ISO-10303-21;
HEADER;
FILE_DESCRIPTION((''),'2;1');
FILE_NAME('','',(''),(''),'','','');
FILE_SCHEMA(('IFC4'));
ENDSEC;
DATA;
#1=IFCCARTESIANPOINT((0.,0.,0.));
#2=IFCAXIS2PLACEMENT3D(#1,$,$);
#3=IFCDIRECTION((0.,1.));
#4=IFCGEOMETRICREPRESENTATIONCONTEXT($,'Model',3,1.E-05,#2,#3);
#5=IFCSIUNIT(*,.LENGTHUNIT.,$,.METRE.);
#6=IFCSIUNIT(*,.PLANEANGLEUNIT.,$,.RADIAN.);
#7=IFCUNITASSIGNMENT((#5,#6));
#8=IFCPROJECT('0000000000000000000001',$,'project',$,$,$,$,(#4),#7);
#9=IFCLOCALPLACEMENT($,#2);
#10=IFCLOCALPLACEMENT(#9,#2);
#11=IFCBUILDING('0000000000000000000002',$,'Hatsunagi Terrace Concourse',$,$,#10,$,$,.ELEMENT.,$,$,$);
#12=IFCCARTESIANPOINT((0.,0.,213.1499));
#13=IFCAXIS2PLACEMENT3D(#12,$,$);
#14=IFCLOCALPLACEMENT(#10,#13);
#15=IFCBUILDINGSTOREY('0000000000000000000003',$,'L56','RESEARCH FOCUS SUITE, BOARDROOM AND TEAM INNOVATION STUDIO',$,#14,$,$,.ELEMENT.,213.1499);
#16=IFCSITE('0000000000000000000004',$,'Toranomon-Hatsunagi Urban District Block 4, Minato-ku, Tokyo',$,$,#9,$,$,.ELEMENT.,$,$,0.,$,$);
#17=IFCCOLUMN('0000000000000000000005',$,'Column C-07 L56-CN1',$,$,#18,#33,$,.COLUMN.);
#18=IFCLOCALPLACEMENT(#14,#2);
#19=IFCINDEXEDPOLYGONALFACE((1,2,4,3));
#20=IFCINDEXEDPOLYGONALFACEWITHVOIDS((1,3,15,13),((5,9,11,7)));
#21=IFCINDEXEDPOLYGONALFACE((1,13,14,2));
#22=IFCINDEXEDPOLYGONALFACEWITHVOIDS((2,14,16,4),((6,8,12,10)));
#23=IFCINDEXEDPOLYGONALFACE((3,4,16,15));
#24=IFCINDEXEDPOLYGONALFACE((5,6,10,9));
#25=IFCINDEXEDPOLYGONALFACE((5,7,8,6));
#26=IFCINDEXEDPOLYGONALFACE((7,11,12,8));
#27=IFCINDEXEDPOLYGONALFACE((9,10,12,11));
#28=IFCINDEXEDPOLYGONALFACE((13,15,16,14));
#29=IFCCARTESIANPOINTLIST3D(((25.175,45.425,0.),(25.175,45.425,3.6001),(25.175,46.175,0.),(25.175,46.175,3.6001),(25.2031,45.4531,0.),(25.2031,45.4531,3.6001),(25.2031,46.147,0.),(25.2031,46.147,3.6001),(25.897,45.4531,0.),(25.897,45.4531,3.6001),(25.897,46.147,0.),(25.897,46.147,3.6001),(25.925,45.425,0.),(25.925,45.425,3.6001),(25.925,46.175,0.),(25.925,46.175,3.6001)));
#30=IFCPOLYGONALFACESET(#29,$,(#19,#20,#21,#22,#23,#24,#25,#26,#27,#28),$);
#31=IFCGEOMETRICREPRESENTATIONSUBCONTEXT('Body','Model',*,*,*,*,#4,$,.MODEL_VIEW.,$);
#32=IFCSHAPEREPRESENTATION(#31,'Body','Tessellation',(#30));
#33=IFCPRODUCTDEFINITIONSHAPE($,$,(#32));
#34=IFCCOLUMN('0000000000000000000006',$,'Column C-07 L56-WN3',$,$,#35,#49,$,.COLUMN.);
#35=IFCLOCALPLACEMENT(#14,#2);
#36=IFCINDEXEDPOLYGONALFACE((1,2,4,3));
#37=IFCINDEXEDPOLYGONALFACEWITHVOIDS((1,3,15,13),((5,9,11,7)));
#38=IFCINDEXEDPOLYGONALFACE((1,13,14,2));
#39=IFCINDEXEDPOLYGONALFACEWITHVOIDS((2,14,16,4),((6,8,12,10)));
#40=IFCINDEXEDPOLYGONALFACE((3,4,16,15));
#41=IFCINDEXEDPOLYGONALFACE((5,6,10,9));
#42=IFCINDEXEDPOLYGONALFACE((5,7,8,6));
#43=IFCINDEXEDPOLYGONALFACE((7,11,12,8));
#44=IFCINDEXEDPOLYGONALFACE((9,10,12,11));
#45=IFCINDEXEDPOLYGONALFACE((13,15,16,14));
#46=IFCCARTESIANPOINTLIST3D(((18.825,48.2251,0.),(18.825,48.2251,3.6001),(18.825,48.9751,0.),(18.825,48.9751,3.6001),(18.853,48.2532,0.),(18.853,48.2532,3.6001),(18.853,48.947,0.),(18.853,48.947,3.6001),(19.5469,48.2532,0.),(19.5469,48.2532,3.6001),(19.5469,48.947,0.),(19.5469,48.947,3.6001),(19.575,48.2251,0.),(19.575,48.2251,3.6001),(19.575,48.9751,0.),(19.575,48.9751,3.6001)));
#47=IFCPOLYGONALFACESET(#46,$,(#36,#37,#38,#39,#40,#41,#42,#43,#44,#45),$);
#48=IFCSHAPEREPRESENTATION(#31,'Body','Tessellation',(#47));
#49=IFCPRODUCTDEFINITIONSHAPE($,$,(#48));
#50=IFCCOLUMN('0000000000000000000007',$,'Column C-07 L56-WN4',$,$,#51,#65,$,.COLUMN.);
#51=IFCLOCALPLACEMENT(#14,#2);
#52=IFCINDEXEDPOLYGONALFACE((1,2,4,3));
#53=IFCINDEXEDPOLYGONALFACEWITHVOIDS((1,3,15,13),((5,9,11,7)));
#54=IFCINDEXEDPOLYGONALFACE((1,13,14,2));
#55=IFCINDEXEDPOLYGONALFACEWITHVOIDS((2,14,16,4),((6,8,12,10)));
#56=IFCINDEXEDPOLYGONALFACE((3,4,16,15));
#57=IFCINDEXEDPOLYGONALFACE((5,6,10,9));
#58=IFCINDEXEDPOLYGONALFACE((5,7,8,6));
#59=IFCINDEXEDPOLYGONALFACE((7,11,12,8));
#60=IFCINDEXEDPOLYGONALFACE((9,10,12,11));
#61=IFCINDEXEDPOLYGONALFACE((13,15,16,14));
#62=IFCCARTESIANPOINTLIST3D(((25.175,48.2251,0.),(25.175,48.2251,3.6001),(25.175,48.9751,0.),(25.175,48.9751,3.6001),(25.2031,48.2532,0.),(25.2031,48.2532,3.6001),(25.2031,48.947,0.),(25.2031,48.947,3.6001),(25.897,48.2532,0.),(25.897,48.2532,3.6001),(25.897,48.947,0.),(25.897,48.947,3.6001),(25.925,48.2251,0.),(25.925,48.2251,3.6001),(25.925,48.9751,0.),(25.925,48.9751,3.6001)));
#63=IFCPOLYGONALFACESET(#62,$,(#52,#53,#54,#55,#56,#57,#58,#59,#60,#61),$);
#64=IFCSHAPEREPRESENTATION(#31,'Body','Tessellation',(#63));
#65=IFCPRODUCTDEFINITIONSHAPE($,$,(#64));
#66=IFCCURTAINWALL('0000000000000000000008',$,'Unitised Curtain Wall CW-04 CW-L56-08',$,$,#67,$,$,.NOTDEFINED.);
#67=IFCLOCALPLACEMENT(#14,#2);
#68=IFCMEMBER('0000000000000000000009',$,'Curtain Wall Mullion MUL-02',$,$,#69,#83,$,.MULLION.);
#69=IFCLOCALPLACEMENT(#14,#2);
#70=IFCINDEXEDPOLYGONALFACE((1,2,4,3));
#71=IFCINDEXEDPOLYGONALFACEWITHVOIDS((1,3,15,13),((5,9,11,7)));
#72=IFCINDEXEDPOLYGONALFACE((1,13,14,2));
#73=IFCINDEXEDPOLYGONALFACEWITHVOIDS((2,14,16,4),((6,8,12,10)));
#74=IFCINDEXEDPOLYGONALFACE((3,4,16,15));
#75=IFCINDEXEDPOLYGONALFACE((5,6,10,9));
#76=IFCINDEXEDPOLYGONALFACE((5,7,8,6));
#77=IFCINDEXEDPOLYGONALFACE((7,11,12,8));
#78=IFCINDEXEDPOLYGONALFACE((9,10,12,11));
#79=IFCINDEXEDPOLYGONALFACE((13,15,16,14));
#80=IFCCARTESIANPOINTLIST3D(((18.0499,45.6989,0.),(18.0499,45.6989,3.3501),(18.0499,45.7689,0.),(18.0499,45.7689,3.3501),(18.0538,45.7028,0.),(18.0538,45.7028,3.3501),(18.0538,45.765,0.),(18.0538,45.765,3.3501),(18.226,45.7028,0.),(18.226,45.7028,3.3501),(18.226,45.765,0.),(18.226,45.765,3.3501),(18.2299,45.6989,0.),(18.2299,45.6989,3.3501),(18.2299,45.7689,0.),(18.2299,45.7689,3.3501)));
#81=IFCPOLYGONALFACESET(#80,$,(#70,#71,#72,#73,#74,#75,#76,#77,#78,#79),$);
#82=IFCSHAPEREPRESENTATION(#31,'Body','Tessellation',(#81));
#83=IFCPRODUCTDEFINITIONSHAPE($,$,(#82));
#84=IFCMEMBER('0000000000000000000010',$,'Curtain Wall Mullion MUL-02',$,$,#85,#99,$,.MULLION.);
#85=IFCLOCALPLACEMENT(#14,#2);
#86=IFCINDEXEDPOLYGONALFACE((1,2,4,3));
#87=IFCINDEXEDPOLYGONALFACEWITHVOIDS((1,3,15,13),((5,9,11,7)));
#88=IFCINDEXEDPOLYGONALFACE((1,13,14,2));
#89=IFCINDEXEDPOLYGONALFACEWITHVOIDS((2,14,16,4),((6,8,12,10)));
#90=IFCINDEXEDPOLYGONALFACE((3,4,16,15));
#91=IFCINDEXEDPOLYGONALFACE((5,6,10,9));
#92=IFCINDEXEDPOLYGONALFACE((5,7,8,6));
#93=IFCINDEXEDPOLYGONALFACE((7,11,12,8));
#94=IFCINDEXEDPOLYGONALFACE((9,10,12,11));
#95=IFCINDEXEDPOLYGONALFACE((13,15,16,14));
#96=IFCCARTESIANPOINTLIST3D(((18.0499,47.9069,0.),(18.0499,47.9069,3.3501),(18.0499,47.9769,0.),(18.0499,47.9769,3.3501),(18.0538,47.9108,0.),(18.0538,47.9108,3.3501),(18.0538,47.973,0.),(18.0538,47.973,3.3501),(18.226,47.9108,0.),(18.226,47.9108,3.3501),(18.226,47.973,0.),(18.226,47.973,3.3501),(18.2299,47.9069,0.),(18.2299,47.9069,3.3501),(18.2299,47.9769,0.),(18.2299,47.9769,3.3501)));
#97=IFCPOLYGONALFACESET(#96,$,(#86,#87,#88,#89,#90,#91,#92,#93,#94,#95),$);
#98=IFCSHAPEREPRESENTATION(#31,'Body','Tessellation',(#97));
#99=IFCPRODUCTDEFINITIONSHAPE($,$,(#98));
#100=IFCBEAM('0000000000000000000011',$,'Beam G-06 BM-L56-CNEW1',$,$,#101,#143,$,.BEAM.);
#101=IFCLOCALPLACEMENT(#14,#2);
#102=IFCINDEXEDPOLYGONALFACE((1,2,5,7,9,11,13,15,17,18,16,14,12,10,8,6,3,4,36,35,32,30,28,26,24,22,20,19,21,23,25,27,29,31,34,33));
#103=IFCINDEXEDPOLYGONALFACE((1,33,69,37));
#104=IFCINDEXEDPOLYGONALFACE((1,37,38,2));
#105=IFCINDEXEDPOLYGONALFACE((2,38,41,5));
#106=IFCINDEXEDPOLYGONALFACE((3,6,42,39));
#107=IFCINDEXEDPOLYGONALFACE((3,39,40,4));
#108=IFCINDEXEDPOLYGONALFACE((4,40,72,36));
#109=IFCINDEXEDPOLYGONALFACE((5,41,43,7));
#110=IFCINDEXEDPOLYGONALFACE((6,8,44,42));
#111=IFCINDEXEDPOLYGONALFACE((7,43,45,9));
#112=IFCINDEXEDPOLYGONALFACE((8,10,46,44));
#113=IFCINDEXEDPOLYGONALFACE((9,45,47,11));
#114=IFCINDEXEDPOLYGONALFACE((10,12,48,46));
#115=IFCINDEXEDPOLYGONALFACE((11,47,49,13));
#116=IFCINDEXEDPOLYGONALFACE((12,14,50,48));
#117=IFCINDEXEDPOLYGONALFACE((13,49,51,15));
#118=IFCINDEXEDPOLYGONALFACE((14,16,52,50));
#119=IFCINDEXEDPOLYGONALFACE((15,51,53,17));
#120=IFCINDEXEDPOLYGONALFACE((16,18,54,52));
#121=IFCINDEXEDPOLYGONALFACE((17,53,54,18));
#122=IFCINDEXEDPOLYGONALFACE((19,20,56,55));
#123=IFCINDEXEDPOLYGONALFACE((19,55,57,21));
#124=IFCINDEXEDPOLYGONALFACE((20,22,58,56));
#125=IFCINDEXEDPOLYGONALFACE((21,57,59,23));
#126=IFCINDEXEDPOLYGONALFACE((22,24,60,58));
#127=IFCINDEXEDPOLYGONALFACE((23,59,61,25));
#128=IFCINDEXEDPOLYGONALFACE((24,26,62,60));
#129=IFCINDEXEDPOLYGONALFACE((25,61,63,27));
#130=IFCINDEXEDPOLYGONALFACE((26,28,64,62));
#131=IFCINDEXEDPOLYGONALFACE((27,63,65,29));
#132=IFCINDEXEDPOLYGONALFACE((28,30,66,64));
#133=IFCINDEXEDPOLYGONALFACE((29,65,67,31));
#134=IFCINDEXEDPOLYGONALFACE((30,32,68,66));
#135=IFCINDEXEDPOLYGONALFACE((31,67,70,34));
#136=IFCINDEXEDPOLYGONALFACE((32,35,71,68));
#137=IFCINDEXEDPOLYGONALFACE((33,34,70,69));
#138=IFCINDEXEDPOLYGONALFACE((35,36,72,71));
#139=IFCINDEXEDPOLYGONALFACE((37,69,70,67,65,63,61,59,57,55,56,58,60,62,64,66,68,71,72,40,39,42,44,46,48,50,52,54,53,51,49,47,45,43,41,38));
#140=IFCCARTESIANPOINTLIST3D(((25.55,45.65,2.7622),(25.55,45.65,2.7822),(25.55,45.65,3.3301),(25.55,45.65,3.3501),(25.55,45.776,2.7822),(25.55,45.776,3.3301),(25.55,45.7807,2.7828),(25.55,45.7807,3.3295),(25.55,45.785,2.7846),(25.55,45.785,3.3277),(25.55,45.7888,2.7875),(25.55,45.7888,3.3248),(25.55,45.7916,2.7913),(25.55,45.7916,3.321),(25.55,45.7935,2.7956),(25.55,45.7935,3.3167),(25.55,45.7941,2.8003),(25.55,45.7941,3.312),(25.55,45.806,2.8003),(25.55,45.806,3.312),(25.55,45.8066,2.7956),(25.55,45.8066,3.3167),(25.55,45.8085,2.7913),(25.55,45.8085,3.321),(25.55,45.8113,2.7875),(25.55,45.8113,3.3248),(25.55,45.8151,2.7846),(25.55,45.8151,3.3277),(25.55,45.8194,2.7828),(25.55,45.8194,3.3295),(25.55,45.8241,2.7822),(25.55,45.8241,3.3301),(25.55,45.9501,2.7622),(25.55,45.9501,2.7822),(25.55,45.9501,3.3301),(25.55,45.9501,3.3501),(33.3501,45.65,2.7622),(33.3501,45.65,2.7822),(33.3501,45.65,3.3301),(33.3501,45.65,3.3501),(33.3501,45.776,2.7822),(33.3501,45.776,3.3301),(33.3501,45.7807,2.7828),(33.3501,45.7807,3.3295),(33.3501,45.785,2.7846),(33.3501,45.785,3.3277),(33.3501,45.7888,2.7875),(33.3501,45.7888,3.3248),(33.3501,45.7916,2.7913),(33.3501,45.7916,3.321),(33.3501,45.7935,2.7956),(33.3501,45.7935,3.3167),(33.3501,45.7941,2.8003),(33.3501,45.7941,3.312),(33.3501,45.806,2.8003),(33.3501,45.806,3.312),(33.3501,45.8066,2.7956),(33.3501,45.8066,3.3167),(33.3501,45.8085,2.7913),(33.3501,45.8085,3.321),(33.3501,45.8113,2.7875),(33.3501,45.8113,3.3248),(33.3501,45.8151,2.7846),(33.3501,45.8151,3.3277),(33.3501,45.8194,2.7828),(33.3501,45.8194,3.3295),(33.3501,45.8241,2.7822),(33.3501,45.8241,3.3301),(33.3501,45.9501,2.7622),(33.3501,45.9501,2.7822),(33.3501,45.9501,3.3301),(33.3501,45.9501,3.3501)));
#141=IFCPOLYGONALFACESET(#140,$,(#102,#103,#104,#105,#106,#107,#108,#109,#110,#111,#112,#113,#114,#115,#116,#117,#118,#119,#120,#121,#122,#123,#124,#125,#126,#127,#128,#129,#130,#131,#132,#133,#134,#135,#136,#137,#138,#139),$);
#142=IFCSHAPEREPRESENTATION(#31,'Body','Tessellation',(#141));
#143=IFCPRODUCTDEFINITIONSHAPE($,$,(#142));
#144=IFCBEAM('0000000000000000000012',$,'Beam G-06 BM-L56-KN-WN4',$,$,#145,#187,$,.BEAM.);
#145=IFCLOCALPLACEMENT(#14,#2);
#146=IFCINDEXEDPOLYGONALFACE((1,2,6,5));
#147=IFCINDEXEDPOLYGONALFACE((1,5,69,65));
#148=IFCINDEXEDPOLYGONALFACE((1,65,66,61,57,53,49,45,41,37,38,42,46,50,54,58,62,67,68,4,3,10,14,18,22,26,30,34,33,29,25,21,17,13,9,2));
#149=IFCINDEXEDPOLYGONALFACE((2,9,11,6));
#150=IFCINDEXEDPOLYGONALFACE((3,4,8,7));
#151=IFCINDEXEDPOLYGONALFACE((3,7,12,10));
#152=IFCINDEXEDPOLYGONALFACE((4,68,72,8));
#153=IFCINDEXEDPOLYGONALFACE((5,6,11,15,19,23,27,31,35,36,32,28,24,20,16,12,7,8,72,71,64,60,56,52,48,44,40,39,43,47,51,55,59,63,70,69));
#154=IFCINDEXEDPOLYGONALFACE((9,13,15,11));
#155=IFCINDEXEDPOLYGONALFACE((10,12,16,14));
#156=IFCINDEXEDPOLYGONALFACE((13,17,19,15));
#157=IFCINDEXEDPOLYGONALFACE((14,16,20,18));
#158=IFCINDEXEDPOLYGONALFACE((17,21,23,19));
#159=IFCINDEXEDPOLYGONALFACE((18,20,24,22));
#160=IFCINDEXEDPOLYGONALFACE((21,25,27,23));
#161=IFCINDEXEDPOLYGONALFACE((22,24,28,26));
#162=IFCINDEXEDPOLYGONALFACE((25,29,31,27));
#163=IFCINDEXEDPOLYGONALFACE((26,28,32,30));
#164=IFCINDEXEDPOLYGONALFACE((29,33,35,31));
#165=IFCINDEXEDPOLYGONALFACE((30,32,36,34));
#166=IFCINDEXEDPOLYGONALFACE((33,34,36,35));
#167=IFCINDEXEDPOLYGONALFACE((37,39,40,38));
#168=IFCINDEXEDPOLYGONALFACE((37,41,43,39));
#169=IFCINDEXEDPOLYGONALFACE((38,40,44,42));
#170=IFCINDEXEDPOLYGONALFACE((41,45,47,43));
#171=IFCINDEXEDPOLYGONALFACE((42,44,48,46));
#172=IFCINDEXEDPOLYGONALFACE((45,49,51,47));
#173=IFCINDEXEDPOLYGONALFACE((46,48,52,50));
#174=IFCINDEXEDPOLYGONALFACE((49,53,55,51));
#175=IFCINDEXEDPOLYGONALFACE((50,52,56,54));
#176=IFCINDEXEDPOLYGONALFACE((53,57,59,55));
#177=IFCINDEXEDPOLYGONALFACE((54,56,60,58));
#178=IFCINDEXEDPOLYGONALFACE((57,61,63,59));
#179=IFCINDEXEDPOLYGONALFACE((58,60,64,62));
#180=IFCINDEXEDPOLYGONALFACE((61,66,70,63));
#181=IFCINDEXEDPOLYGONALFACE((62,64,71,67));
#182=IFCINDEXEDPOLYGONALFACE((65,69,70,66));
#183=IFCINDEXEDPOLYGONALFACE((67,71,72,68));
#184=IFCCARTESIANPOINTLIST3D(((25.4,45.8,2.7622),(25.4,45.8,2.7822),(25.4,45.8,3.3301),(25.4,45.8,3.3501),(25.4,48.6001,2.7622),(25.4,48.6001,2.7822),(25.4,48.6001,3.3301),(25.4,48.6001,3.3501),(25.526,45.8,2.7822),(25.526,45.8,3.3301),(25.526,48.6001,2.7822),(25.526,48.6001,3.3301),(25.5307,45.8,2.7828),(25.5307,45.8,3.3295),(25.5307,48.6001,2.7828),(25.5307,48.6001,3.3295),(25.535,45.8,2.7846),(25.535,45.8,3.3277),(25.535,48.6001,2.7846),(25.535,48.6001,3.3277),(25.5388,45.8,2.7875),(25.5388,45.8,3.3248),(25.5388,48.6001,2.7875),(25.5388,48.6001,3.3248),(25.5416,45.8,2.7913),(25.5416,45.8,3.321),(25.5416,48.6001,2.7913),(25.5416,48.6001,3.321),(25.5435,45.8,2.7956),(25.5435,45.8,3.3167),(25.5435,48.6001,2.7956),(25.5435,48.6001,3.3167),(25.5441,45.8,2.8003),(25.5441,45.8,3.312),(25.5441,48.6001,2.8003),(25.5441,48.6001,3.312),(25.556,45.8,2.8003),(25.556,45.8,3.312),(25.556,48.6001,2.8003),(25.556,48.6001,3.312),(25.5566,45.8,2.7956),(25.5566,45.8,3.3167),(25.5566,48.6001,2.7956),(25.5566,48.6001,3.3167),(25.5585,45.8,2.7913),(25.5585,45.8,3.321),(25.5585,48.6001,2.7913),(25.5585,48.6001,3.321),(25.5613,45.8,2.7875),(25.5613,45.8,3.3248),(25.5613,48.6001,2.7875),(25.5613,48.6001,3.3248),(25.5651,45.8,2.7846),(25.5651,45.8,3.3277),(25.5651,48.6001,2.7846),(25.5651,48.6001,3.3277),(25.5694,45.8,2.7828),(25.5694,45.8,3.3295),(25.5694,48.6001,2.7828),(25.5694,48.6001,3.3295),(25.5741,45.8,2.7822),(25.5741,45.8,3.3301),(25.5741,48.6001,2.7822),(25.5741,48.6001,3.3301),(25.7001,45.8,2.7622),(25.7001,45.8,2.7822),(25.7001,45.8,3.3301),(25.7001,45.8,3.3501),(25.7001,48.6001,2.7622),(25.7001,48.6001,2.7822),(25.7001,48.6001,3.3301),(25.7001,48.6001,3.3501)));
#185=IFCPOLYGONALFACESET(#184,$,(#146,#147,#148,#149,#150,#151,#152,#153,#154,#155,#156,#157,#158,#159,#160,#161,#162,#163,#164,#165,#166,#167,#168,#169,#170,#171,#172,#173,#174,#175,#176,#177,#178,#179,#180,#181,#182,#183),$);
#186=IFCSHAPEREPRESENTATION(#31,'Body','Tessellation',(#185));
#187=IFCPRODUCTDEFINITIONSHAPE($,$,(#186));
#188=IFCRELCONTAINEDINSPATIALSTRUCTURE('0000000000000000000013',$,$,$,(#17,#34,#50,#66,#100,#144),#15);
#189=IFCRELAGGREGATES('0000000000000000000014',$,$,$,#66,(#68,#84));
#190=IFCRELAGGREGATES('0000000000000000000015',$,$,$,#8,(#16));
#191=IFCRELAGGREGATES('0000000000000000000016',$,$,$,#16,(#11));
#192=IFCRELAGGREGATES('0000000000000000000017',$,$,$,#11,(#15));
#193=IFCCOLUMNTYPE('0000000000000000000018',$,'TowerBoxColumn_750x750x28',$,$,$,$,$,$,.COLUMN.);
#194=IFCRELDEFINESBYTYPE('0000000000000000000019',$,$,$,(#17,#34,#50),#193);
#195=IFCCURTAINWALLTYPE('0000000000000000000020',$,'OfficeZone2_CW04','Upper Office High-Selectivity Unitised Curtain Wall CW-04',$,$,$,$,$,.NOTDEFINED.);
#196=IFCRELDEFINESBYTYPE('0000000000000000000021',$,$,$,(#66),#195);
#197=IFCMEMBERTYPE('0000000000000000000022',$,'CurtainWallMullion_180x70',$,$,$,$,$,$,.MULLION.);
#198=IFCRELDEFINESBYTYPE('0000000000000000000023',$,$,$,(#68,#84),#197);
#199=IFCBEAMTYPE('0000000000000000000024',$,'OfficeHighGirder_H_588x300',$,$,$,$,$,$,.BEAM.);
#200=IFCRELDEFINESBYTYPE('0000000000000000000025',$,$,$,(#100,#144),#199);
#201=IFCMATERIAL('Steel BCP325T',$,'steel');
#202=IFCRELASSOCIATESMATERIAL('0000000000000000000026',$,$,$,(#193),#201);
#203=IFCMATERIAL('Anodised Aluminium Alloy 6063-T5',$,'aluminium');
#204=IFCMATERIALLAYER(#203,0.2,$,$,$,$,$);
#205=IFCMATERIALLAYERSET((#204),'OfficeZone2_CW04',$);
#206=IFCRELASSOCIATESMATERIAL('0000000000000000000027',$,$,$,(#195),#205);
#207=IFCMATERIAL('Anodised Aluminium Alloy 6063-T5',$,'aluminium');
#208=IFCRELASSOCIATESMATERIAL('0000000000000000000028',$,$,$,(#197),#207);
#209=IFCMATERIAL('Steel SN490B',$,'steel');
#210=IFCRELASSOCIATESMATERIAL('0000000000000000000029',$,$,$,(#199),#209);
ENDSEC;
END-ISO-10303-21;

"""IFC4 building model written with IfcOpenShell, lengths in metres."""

from ifc_helpers import new_model, si_unit, direction, frame, origin, origin_2d, place, context, subcontext, project, spatial, hollow_rectangle, i_section, extrude, material, layer, layer_set, material_profile, profile_set, type_object, element, aggregate, save


model = new_model("IFC4")

# Units and contexts
model_context = context("Model", 3, precision=1e-05, world=origin(), true_north=direction((0.0, 1.0)))
body_context = subcontext(model_context, "Body", "Model", "MODEL_VIEW")
ifc_project = project(units=[si_unit("LENGTHUNIT", "METRE"), si_unit("PLANEANGLEUNIT", "RADIAN")], contexts=[model_context])

# Site, building, storey
site_placement = place(None, origin())
site = spatial("IfcSite", under=ifc_project, at=site_placement, Name="Toranomon-Hatsunagi Urban District Block 4, Minato-ku, Tokyo", CompositionType="ELEMENT", RefElevation=0.0)
building_placement = place(site_placement, origin())
building = spatial("IfcBuilding", under=site, at=building_placement, Name="Hatsunagi Terrace Concourse", CompositionType="ELEMENT")
storey_placement = place(building_placement, frame((0.0, 0.0, 213.1499)))
storey = spatial("IfcBuildingStorey", under=building, at=storey_placement, Name="L56", Description="RESEARCH FOCUS SUITE, BOARDROOM AND TEAM INNOVATION STUDIO", CompositionType="ELEMENT", Elevation=213.1499)

# Columns
ifc_material_1 = material(Name="Steel BCP325T", Category="steel")
ifc_material_profile_1 = material_profile(ifc_material_1, hollow_rectangle(XDim=0.75, YDim=0.75, WallThickness=0.0281, at=origin_2d()), Name="BCP-750x750x28")
ifc_profile_set_1 = profile_set([ifc_material_profile_1], Name="Steel BCP325T")
column_type = type_object("IfcColumnType", Name="TowerBoxColumn_750x750x28", PredefinedType="COLUMN", material=ifc_profile_set_1)
for number, where, z_axis, x_axis, name in (
    (1, (25.55, 45.8, 0.0), (0.0, 0.0, 1.0), (1.0, 0.0, 0.0), "Column C-07 L56-CN1"),
    (2, (19.2, 48.6001, 0.0), (0.0, 0.0, 1.0), (1.0, 0.0, 0.0), "Column C-07 L56-WN3"),
    (3, (25.55, 48.6001, 0.0), (0.0, 0.0, 1.0), (1.0, 0.0, 0.0), "Column C-07 L56-WN4"),
):
    element("IfcColumn", number, at=place(storey_placement, frame(where, z_axis=z_axis, x_axis=x_axis)), inside=storey, type_object=column_type, Name=name, PredefinedType="COLUMN", context=body_context, shape_type="SweptSolid", body=[
        extrude(hollow_rectangle(XDim=0.75, YDim=0.75, WallThickness=0.0281, at=origin_2d()), origin(), (0.0, 0.0, 1.0), 3.6001),
    ])

# Curtain wall, members
ifc_material_2 = material(Name="Anodised Aluminium Alloy 6063-T5", Category="aluminium")
ifc_layer_1 = layer(ifc_material_2, 0.2)
ifc_layer_set_1 = layer_set([ifc_layer_1], Name="OfficeZone2_CW04")
curtain_wall_type = type_object("IfcCurtainWallType", Name="OfficeZone2_CW04", Description="Upper Office High-Selectivity Unitised Curtain Wall CW-04", PredefinedType="NOTDEFINED", material=ifc_layer_set_1)
curtain_wall_placement = place(storey_placement, origin())
curtain_wall = element("IfcCurtainWall", 4, at=curtain_wall_placement, inside=storey, type_object=curtain_wall_type, Name="Unitised Curtain Wall CW-04 CW-L56-08", PredefinedType="NOTDEFINED")
ifc_material_3 = material(Name="Anodised Aluminium Alloy 6063-T5", Category="aluminium")
ifc_material_profile_2 = material_profile(ifc_material_3, hollow_rectangle(XDim=0.0701, YDim=0.1799, WallThickness=0.0039, at=origin_2d()), Name="ALU-MUL-180x70x4")
ifc_profile_set_2 = profile_set([ifc_material_profile_2], Name="Anodised Aluminium Alloy 6063-T5")
member_type = type_object("IfcMemberType", Name="CurtainWallMullion_180x70", PredefinedType="MULLION", material=ifc_profile_set_2)
member_1_placement = place(storey_placement, frame((18.1399, 45.7339, 0.0), z_axis=(0.0, 0.0, 1.0), x_axis=(0.0, 1.0, 0.0)))
member_1 = element("IfcMember", 5, at=member_1_placement, type_object=member_type, Name="Curtain Wall Mullion MUL-02", PredefinedType="MULLION", context=body_context, shape_type="SweptSolid", body=[
    extrude(hollow_rectangle(XDim=0.0701, YDim=0.1799, WallThickness=0.0039, at=origin_2d()), origin(), (0.0, 0.0, 1.0), 3.3501),
])
member_2_placement = place(storey_placement, frame((18.1399, 47.9419, 0.0), z_axis=(0.0, 0.0, 1.0), x_axis=(0.0, 1.0, 0.0)))
member_2 = element("IfcMember", 6, at=member_2_placement, type_object=member_type, Name="Curtain Wall Mullion MUL-02", PredefinedType="MULLION", context=body_context, shape_type="SweptSolid", body=[
    extrude(hollow_rectangle(XDim=0.0701, YDim=0.1799, WallThickness=0.0039, at=origin_2d()), origin(), (0.0, 0.0, 1.0), 3.3501),
])

# Beams
ifc_material_4 = material(Name="Steel SN490B", Category="steel")
ifc_material_profile_3 = material_profile(ifc_material_4, i_section(OverallWidth=0.3, OverallDepth=0.5879, WebThickness=0.012, FlangeThickness=0.02, FilletRadius=0.0181, at=origin_2d()), Name="H-588x300x12x20")
ifc_profile_set_3 = profile_set([ifc_material_profile_3], Name="Steel SN490B")
beam_type_1 = type_object("IfcBeamType", Name="OfficeHighGirder_H_588x300", PredefinedType="BEAM", material=ifc_profile_set_3)
beam_1_placement = place(storey_placement, frame((25.55, 45.8, 3.0562), z_axis=(1.0, 0.0, 0.0), x_axis=(0.0, 1.0, 0.0)))
element("IfcBeam", 7, at=beam_1_placement, inside=storey, type_object=beam_type_1, Name="Beam G-06 BM-L56-CNEW1", PredefinedType="BEAM", context=body_context, shape_type="SweptSolid", body=[
    extrude(i_section(OverallWidth=0.3, OverallDepth=0.5879, WebThickness=0.012, FlangeThickness=0.02, FilletRadius=0.0181, at=origin_2d()), origin(), (0.0, 0.0, 1.0), 7.8),
])
beam_2_placement = place(storey_placement, frame((25.55, 45.8, 3.0562), z_axis=(0.0, 1.0, 0.0), x_axis=(-1.0, 0.0, 0.0)))
element("IfcBeam", 8, at=beam_2_placement, inside=storey, type_object=beam_type_1, Name="Beam G-06 BM-L56-KN-WN4", PredefinedType="BEAM", context=body_context, shape_type="SweptSolid", body=[
    extrude(i_section(OverallWidth=0.3, OverallDepth=0.5879, WebThickness=0.012, FlangeThickness=0.02, FilletRadius=0.0181, at=origin_2d()), origin(), (0.0, 0.0, 1.0), 2.8),
])

aggregate(curtain_wall, [member_1, member_2])

save(model, "model.ifc")
